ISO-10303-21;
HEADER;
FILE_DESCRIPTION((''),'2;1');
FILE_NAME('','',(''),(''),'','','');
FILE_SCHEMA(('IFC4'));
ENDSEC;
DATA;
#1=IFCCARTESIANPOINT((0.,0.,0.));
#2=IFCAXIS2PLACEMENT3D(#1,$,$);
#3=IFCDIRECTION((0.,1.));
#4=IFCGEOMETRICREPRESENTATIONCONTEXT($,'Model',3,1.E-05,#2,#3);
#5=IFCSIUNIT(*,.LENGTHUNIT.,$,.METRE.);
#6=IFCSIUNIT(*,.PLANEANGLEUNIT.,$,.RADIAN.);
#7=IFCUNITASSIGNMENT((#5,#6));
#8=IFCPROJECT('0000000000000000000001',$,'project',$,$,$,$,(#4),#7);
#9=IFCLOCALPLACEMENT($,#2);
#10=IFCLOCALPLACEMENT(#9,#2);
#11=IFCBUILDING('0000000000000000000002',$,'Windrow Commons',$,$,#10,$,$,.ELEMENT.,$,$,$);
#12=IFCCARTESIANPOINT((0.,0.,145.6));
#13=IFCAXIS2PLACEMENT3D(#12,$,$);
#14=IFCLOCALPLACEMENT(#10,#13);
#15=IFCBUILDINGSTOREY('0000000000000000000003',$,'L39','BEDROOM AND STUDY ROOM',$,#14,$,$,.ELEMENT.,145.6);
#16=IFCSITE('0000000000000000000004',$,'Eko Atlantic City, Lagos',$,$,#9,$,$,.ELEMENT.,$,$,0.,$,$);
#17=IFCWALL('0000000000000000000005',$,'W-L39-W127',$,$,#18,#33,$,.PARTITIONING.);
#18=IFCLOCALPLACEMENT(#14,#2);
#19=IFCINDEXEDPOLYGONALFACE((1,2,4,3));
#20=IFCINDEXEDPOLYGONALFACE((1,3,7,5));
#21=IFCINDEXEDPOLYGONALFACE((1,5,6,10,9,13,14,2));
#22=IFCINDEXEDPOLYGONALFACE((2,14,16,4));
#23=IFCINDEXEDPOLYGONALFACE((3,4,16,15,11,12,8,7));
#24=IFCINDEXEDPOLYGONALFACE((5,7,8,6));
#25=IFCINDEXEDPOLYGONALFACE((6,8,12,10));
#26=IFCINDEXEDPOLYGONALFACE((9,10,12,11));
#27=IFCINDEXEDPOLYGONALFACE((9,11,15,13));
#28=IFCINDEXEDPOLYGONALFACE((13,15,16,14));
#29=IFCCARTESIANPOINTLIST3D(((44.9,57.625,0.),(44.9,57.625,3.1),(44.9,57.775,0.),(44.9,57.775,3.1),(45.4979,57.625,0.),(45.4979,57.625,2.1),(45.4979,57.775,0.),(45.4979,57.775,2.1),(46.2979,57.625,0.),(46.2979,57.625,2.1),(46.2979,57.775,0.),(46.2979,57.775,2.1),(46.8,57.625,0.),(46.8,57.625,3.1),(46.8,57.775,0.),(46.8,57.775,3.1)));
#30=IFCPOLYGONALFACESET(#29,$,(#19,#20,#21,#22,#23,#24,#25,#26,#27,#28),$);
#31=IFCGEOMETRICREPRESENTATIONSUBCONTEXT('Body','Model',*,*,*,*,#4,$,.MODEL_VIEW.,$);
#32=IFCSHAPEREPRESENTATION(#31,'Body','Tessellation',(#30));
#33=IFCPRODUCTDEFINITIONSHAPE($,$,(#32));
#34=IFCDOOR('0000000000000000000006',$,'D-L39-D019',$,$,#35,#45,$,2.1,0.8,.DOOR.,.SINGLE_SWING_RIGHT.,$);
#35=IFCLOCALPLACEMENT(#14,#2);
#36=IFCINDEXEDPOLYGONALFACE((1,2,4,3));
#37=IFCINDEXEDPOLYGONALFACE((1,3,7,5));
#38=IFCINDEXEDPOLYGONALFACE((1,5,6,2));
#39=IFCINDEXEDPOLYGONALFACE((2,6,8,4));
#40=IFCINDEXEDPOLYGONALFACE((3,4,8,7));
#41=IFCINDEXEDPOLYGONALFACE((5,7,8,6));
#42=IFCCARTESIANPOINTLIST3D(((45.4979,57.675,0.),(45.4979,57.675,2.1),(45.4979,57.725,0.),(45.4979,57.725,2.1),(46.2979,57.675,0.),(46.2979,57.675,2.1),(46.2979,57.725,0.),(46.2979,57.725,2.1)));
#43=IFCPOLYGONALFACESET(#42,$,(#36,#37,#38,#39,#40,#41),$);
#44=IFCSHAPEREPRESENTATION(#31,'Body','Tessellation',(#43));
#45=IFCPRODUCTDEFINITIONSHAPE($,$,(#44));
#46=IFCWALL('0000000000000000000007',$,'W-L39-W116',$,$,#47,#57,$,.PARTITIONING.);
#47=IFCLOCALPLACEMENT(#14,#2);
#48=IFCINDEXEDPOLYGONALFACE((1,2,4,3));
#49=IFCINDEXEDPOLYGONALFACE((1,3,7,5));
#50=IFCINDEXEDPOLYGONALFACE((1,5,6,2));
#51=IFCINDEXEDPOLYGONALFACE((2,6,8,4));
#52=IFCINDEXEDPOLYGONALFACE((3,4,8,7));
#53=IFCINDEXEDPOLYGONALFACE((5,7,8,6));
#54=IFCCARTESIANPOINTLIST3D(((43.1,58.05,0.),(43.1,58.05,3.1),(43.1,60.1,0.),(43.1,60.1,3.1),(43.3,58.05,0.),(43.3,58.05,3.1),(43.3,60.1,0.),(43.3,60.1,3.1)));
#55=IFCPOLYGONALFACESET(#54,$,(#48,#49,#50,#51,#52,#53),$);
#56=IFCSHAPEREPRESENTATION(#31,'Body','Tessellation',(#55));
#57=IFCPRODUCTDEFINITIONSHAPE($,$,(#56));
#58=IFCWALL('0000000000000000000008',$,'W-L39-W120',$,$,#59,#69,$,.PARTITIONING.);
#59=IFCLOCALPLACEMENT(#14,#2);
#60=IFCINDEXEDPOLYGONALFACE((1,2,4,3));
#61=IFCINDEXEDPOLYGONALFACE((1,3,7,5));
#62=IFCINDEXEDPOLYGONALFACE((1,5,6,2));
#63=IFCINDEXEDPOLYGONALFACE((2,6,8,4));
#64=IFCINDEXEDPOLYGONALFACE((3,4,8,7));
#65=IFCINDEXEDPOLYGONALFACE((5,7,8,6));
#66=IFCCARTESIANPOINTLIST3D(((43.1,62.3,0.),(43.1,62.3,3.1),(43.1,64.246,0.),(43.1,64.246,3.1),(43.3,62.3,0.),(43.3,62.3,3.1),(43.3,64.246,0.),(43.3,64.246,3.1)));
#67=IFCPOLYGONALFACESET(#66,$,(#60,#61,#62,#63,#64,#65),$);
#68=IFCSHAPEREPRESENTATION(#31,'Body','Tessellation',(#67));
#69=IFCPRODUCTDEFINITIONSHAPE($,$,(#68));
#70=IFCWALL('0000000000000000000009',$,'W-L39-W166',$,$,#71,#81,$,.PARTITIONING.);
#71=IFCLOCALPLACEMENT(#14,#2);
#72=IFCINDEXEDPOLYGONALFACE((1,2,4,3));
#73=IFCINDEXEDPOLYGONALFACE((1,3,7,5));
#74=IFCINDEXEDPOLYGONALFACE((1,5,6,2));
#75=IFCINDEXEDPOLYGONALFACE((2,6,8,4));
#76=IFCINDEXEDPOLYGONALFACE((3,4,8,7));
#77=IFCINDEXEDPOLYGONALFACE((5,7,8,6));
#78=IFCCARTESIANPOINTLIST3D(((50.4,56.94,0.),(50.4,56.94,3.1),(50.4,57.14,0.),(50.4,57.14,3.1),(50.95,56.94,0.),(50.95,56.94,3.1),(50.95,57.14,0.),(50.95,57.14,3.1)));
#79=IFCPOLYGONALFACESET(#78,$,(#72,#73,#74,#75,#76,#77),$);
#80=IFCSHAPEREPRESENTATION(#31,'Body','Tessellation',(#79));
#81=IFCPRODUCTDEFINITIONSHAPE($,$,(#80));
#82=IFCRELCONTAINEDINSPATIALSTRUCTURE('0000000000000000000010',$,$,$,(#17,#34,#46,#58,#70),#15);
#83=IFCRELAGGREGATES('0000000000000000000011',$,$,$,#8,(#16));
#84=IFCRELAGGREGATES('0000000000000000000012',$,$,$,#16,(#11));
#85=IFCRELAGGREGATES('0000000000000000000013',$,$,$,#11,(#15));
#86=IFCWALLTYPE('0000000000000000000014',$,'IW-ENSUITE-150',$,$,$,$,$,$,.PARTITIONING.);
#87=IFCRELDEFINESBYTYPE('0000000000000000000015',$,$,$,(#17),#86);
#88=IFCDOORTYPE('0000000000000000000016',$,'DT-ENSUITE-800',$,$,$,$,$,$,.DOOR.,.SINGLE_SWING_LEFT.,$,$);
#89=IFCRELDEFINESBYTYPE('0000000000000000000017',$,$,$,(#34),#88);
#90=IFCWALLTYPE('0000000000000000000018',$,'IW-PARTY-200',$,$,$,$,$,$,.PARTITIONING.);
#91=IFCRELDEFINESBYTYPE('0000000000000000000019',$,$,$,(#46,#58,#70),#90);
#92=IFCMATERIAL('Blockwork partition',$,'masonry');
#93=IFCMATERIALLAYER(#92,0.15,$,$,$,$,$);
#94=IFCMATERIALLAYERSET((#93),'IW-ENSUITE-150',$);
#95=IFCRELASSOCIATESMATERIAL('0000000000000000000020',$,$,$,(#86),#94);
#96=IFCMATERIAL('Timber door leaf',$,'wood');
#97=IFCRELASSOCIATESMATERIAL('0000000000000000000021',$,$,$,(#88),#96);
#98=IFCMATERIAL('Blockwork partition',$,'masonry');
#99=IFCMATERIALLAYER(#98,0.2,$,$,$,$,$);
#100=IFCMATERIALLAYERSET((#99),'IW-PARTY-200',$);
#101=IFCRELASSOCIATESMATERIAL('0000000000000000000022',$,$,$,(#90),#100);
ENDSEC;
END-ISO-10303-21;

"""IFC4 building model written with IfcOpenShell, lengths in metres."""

from ifc_helpers import new_model, si_unit, direction, frame, frame_2d, origin, place, context, subcontext, project, spatial, rectangle, extrude, material, layer, layer_set, type_object, element, fill, save


model = new_model("IFC4")

# Units and contexts
model_context = context("Model", 3, precision=1e-05, world=origin(), true_north=direction((0.0, 1.0)))
body_context = subcontext(model_context, "Body", "Model", "MODEL_VIEW")
ifc_project = project(units=[si_unit("LENGTHUNIT", "METRE"), si_unit("PLANEANGLEUNIT", "RADIAN")], contexts=[model_context])

# Site, building, storey
site_placement = place(None, origin())
site = spatial("IfcSite", under=ifc_project, at=site_placement, Name="Eko Atlantic City, Lagos", CompositionType="ELEMENT", RefElevation=0.0)
building_placement = place(site_placement, origin())
building = spatial("IfcBuilding", under=site, at=building_placement, Name="Windrow Commons", CompositionType="ELEMENT")
storey_placement = place(building_placement, frame((0.0, 0.0, 145.6)))
storey = spatial("IfcBuildingStorey", under=building, at=storey_placement, Name="L39", Description="BEDROOM AND STUDY ROOM", CompositionType="ELEMENT", Elevation=145.6)

# Shared definitions
ifc_material_1 = material(Name="Blockwork partition", Category="masonry")
ifc_layer_1 = layer(ifc_material_1, 0.15)
ifc_layer_set_1 = layer_set([ifc_layer_1], Name="IW-ENSUITE-150")
wall_type_1 = type_object("IfcWallType", Name="IW-ENSUITE-150", PredefinedType="PARTITIONING", material=ifc_layer_set_1)

# Wall, opening, door
wall_1_placement = place(storey_placement, frame((44.9, 57.7, 0.0), z_axis=(0.0, 0.0, 1.0), x_axis=(1.0, 0.0, 0.0)))
wall_1 = element("IfcWall", 1, at=wall_1_placement, inside=storey, type_object=wall_type_1, Name="W-L39-W127", PredefinedType="PARTITIONING", context=body_context, shape_type="SweptSolid", body=[
    extrude(rectangle(XDim=1.9, YDim=0.15, at=frame_2d((0.95, 0.0))), origin(), (0.0, 0.0, 1.0), 3.1),
])
opening_1_placement = place(wall_1_placement, frame((0.5979, 0.0, 0.0)))
opening_1 = element("IfcOpeningElement", 2, at=opening_1_placement, cuts=wall_1, PredefinedType="OPENING", context=body_context, shape_type="SweptSolid", body=[
    extrude(rectangle(XDim=0.8, YDim=2.1, at=frame_2d((0.4, 1.05))), frame((0.0, 0.085, 0.0), z_axis=(0.0, -1.0, 0.0), x_axis=(1.0, 0.0, 0.0)), (0.0, 0.0, 1.0), 0.17),
])
ifc_material_2 = material(Name="Timber door leaf", Category="wood")
door_type_1 = type_object("IfcDoorType", Name="DT-ENSUITE-800", OperationType="SINGLE_SWING_LEFT", PredefinedType="DOOR", material=ifc_material_2)
door_1_placement = place(opening_1_placement, origin())
door_1 = element("IfcDoor", 3, at=door_1_placement, inside=storey, type_object=door_type_1, Name="D-L39-D019", OperationType="SINGLE_SWING_RIGHT", OverallHeight=2.1, OverallWidth=0.8, PredefinedType="DOOR", context=body_context, shape_type="SweptSolid", body=[
    extrude(rectangle(XDim=0.8, YDim=2.1, at=frame_2d((0.4, 1.05))), frame((0.0, 0.025, 0.0), z_axis=(0.0, -1.0, 0.0), x_axis=(1.0, 0.0, 0.0)), (0.0, 0.0, 1.0), 0.05),
])
fill(opening_1, door_1)

# Walls
ifc_material_3 = material(Name="Blockwork partition", Category="masonry")
ifc_layer_2 = layer(ifc_material_3, 0.2)
ifc_layer_set_2 = layer_set([ifc_layer_2], Name="IW-PARTY-200")
wall_type_2 = type_object("IfcWallType", Name="IW-PARTY-200", PredefinedType="PARTITIONING", material=ifc_layer_set_2)
wall_2_placement = place(storey_placement, frame((43.2, 58.05, 0.0), z_axis=(0.0, 0.0, 1.0), x_axis=(0.0, 1.0, 0.0)))
element("IfcWall", 4, at=wall_2_placement, inside=storey, type_object=wall_type_2, Name="W-L39-W116", PredefinedType="PARTITIONING", context=body_context, shape_type="SweptSolid", body=[
    extrude(rectangle(XDim=2.05, YDim=0.2, at=frame_2d((1.025, 0.0))), origin(), (0.0, 0.0, 1.0), 3.1),
])
wall_3_placement = place(storey_placement, frame((43.2, 62.3, 0.0), z_axis=(0.0, 0.0, 1.0), x_axis=(0.0, 1.0, 0.0)))
element("IfcWall", 5, at=wall_3_placement, inside=storey, type_object=wall_type_2, Name="W-L39-W120", PredefinedType="PARTITIONING", context=body_context, shape_type="SweptSolid", body=[
    extrude(rectangle(XDim=1.946, YDim=0.2, at=frame_2d((0.973, 0.0))), origin(), (0.0, 0.0, 1.0), 3.1),
])
wall_4_placement = place(storey_placement, frame((50.4, 57.04, 0.0), z_axis=(0.0, 0.0, 1.0), x_axis=(1.0, 0.0, 0.0)))
element("IfcWall", 6, at=wall_4_placement, inside=storey, type_object=wall_type_2, Name="W-L39-W166", PredefinedType="PARTITIONING", context=body_context, shape_type="SweptSolid", body=[
    extrude(rectangle(XDim=0.55, YDim=0.2, at=frame_2d((0.275, 0.0))), origin(), (0.0, 0.0, 1.0), 3.1),
])

save(model, "model.ifc")
